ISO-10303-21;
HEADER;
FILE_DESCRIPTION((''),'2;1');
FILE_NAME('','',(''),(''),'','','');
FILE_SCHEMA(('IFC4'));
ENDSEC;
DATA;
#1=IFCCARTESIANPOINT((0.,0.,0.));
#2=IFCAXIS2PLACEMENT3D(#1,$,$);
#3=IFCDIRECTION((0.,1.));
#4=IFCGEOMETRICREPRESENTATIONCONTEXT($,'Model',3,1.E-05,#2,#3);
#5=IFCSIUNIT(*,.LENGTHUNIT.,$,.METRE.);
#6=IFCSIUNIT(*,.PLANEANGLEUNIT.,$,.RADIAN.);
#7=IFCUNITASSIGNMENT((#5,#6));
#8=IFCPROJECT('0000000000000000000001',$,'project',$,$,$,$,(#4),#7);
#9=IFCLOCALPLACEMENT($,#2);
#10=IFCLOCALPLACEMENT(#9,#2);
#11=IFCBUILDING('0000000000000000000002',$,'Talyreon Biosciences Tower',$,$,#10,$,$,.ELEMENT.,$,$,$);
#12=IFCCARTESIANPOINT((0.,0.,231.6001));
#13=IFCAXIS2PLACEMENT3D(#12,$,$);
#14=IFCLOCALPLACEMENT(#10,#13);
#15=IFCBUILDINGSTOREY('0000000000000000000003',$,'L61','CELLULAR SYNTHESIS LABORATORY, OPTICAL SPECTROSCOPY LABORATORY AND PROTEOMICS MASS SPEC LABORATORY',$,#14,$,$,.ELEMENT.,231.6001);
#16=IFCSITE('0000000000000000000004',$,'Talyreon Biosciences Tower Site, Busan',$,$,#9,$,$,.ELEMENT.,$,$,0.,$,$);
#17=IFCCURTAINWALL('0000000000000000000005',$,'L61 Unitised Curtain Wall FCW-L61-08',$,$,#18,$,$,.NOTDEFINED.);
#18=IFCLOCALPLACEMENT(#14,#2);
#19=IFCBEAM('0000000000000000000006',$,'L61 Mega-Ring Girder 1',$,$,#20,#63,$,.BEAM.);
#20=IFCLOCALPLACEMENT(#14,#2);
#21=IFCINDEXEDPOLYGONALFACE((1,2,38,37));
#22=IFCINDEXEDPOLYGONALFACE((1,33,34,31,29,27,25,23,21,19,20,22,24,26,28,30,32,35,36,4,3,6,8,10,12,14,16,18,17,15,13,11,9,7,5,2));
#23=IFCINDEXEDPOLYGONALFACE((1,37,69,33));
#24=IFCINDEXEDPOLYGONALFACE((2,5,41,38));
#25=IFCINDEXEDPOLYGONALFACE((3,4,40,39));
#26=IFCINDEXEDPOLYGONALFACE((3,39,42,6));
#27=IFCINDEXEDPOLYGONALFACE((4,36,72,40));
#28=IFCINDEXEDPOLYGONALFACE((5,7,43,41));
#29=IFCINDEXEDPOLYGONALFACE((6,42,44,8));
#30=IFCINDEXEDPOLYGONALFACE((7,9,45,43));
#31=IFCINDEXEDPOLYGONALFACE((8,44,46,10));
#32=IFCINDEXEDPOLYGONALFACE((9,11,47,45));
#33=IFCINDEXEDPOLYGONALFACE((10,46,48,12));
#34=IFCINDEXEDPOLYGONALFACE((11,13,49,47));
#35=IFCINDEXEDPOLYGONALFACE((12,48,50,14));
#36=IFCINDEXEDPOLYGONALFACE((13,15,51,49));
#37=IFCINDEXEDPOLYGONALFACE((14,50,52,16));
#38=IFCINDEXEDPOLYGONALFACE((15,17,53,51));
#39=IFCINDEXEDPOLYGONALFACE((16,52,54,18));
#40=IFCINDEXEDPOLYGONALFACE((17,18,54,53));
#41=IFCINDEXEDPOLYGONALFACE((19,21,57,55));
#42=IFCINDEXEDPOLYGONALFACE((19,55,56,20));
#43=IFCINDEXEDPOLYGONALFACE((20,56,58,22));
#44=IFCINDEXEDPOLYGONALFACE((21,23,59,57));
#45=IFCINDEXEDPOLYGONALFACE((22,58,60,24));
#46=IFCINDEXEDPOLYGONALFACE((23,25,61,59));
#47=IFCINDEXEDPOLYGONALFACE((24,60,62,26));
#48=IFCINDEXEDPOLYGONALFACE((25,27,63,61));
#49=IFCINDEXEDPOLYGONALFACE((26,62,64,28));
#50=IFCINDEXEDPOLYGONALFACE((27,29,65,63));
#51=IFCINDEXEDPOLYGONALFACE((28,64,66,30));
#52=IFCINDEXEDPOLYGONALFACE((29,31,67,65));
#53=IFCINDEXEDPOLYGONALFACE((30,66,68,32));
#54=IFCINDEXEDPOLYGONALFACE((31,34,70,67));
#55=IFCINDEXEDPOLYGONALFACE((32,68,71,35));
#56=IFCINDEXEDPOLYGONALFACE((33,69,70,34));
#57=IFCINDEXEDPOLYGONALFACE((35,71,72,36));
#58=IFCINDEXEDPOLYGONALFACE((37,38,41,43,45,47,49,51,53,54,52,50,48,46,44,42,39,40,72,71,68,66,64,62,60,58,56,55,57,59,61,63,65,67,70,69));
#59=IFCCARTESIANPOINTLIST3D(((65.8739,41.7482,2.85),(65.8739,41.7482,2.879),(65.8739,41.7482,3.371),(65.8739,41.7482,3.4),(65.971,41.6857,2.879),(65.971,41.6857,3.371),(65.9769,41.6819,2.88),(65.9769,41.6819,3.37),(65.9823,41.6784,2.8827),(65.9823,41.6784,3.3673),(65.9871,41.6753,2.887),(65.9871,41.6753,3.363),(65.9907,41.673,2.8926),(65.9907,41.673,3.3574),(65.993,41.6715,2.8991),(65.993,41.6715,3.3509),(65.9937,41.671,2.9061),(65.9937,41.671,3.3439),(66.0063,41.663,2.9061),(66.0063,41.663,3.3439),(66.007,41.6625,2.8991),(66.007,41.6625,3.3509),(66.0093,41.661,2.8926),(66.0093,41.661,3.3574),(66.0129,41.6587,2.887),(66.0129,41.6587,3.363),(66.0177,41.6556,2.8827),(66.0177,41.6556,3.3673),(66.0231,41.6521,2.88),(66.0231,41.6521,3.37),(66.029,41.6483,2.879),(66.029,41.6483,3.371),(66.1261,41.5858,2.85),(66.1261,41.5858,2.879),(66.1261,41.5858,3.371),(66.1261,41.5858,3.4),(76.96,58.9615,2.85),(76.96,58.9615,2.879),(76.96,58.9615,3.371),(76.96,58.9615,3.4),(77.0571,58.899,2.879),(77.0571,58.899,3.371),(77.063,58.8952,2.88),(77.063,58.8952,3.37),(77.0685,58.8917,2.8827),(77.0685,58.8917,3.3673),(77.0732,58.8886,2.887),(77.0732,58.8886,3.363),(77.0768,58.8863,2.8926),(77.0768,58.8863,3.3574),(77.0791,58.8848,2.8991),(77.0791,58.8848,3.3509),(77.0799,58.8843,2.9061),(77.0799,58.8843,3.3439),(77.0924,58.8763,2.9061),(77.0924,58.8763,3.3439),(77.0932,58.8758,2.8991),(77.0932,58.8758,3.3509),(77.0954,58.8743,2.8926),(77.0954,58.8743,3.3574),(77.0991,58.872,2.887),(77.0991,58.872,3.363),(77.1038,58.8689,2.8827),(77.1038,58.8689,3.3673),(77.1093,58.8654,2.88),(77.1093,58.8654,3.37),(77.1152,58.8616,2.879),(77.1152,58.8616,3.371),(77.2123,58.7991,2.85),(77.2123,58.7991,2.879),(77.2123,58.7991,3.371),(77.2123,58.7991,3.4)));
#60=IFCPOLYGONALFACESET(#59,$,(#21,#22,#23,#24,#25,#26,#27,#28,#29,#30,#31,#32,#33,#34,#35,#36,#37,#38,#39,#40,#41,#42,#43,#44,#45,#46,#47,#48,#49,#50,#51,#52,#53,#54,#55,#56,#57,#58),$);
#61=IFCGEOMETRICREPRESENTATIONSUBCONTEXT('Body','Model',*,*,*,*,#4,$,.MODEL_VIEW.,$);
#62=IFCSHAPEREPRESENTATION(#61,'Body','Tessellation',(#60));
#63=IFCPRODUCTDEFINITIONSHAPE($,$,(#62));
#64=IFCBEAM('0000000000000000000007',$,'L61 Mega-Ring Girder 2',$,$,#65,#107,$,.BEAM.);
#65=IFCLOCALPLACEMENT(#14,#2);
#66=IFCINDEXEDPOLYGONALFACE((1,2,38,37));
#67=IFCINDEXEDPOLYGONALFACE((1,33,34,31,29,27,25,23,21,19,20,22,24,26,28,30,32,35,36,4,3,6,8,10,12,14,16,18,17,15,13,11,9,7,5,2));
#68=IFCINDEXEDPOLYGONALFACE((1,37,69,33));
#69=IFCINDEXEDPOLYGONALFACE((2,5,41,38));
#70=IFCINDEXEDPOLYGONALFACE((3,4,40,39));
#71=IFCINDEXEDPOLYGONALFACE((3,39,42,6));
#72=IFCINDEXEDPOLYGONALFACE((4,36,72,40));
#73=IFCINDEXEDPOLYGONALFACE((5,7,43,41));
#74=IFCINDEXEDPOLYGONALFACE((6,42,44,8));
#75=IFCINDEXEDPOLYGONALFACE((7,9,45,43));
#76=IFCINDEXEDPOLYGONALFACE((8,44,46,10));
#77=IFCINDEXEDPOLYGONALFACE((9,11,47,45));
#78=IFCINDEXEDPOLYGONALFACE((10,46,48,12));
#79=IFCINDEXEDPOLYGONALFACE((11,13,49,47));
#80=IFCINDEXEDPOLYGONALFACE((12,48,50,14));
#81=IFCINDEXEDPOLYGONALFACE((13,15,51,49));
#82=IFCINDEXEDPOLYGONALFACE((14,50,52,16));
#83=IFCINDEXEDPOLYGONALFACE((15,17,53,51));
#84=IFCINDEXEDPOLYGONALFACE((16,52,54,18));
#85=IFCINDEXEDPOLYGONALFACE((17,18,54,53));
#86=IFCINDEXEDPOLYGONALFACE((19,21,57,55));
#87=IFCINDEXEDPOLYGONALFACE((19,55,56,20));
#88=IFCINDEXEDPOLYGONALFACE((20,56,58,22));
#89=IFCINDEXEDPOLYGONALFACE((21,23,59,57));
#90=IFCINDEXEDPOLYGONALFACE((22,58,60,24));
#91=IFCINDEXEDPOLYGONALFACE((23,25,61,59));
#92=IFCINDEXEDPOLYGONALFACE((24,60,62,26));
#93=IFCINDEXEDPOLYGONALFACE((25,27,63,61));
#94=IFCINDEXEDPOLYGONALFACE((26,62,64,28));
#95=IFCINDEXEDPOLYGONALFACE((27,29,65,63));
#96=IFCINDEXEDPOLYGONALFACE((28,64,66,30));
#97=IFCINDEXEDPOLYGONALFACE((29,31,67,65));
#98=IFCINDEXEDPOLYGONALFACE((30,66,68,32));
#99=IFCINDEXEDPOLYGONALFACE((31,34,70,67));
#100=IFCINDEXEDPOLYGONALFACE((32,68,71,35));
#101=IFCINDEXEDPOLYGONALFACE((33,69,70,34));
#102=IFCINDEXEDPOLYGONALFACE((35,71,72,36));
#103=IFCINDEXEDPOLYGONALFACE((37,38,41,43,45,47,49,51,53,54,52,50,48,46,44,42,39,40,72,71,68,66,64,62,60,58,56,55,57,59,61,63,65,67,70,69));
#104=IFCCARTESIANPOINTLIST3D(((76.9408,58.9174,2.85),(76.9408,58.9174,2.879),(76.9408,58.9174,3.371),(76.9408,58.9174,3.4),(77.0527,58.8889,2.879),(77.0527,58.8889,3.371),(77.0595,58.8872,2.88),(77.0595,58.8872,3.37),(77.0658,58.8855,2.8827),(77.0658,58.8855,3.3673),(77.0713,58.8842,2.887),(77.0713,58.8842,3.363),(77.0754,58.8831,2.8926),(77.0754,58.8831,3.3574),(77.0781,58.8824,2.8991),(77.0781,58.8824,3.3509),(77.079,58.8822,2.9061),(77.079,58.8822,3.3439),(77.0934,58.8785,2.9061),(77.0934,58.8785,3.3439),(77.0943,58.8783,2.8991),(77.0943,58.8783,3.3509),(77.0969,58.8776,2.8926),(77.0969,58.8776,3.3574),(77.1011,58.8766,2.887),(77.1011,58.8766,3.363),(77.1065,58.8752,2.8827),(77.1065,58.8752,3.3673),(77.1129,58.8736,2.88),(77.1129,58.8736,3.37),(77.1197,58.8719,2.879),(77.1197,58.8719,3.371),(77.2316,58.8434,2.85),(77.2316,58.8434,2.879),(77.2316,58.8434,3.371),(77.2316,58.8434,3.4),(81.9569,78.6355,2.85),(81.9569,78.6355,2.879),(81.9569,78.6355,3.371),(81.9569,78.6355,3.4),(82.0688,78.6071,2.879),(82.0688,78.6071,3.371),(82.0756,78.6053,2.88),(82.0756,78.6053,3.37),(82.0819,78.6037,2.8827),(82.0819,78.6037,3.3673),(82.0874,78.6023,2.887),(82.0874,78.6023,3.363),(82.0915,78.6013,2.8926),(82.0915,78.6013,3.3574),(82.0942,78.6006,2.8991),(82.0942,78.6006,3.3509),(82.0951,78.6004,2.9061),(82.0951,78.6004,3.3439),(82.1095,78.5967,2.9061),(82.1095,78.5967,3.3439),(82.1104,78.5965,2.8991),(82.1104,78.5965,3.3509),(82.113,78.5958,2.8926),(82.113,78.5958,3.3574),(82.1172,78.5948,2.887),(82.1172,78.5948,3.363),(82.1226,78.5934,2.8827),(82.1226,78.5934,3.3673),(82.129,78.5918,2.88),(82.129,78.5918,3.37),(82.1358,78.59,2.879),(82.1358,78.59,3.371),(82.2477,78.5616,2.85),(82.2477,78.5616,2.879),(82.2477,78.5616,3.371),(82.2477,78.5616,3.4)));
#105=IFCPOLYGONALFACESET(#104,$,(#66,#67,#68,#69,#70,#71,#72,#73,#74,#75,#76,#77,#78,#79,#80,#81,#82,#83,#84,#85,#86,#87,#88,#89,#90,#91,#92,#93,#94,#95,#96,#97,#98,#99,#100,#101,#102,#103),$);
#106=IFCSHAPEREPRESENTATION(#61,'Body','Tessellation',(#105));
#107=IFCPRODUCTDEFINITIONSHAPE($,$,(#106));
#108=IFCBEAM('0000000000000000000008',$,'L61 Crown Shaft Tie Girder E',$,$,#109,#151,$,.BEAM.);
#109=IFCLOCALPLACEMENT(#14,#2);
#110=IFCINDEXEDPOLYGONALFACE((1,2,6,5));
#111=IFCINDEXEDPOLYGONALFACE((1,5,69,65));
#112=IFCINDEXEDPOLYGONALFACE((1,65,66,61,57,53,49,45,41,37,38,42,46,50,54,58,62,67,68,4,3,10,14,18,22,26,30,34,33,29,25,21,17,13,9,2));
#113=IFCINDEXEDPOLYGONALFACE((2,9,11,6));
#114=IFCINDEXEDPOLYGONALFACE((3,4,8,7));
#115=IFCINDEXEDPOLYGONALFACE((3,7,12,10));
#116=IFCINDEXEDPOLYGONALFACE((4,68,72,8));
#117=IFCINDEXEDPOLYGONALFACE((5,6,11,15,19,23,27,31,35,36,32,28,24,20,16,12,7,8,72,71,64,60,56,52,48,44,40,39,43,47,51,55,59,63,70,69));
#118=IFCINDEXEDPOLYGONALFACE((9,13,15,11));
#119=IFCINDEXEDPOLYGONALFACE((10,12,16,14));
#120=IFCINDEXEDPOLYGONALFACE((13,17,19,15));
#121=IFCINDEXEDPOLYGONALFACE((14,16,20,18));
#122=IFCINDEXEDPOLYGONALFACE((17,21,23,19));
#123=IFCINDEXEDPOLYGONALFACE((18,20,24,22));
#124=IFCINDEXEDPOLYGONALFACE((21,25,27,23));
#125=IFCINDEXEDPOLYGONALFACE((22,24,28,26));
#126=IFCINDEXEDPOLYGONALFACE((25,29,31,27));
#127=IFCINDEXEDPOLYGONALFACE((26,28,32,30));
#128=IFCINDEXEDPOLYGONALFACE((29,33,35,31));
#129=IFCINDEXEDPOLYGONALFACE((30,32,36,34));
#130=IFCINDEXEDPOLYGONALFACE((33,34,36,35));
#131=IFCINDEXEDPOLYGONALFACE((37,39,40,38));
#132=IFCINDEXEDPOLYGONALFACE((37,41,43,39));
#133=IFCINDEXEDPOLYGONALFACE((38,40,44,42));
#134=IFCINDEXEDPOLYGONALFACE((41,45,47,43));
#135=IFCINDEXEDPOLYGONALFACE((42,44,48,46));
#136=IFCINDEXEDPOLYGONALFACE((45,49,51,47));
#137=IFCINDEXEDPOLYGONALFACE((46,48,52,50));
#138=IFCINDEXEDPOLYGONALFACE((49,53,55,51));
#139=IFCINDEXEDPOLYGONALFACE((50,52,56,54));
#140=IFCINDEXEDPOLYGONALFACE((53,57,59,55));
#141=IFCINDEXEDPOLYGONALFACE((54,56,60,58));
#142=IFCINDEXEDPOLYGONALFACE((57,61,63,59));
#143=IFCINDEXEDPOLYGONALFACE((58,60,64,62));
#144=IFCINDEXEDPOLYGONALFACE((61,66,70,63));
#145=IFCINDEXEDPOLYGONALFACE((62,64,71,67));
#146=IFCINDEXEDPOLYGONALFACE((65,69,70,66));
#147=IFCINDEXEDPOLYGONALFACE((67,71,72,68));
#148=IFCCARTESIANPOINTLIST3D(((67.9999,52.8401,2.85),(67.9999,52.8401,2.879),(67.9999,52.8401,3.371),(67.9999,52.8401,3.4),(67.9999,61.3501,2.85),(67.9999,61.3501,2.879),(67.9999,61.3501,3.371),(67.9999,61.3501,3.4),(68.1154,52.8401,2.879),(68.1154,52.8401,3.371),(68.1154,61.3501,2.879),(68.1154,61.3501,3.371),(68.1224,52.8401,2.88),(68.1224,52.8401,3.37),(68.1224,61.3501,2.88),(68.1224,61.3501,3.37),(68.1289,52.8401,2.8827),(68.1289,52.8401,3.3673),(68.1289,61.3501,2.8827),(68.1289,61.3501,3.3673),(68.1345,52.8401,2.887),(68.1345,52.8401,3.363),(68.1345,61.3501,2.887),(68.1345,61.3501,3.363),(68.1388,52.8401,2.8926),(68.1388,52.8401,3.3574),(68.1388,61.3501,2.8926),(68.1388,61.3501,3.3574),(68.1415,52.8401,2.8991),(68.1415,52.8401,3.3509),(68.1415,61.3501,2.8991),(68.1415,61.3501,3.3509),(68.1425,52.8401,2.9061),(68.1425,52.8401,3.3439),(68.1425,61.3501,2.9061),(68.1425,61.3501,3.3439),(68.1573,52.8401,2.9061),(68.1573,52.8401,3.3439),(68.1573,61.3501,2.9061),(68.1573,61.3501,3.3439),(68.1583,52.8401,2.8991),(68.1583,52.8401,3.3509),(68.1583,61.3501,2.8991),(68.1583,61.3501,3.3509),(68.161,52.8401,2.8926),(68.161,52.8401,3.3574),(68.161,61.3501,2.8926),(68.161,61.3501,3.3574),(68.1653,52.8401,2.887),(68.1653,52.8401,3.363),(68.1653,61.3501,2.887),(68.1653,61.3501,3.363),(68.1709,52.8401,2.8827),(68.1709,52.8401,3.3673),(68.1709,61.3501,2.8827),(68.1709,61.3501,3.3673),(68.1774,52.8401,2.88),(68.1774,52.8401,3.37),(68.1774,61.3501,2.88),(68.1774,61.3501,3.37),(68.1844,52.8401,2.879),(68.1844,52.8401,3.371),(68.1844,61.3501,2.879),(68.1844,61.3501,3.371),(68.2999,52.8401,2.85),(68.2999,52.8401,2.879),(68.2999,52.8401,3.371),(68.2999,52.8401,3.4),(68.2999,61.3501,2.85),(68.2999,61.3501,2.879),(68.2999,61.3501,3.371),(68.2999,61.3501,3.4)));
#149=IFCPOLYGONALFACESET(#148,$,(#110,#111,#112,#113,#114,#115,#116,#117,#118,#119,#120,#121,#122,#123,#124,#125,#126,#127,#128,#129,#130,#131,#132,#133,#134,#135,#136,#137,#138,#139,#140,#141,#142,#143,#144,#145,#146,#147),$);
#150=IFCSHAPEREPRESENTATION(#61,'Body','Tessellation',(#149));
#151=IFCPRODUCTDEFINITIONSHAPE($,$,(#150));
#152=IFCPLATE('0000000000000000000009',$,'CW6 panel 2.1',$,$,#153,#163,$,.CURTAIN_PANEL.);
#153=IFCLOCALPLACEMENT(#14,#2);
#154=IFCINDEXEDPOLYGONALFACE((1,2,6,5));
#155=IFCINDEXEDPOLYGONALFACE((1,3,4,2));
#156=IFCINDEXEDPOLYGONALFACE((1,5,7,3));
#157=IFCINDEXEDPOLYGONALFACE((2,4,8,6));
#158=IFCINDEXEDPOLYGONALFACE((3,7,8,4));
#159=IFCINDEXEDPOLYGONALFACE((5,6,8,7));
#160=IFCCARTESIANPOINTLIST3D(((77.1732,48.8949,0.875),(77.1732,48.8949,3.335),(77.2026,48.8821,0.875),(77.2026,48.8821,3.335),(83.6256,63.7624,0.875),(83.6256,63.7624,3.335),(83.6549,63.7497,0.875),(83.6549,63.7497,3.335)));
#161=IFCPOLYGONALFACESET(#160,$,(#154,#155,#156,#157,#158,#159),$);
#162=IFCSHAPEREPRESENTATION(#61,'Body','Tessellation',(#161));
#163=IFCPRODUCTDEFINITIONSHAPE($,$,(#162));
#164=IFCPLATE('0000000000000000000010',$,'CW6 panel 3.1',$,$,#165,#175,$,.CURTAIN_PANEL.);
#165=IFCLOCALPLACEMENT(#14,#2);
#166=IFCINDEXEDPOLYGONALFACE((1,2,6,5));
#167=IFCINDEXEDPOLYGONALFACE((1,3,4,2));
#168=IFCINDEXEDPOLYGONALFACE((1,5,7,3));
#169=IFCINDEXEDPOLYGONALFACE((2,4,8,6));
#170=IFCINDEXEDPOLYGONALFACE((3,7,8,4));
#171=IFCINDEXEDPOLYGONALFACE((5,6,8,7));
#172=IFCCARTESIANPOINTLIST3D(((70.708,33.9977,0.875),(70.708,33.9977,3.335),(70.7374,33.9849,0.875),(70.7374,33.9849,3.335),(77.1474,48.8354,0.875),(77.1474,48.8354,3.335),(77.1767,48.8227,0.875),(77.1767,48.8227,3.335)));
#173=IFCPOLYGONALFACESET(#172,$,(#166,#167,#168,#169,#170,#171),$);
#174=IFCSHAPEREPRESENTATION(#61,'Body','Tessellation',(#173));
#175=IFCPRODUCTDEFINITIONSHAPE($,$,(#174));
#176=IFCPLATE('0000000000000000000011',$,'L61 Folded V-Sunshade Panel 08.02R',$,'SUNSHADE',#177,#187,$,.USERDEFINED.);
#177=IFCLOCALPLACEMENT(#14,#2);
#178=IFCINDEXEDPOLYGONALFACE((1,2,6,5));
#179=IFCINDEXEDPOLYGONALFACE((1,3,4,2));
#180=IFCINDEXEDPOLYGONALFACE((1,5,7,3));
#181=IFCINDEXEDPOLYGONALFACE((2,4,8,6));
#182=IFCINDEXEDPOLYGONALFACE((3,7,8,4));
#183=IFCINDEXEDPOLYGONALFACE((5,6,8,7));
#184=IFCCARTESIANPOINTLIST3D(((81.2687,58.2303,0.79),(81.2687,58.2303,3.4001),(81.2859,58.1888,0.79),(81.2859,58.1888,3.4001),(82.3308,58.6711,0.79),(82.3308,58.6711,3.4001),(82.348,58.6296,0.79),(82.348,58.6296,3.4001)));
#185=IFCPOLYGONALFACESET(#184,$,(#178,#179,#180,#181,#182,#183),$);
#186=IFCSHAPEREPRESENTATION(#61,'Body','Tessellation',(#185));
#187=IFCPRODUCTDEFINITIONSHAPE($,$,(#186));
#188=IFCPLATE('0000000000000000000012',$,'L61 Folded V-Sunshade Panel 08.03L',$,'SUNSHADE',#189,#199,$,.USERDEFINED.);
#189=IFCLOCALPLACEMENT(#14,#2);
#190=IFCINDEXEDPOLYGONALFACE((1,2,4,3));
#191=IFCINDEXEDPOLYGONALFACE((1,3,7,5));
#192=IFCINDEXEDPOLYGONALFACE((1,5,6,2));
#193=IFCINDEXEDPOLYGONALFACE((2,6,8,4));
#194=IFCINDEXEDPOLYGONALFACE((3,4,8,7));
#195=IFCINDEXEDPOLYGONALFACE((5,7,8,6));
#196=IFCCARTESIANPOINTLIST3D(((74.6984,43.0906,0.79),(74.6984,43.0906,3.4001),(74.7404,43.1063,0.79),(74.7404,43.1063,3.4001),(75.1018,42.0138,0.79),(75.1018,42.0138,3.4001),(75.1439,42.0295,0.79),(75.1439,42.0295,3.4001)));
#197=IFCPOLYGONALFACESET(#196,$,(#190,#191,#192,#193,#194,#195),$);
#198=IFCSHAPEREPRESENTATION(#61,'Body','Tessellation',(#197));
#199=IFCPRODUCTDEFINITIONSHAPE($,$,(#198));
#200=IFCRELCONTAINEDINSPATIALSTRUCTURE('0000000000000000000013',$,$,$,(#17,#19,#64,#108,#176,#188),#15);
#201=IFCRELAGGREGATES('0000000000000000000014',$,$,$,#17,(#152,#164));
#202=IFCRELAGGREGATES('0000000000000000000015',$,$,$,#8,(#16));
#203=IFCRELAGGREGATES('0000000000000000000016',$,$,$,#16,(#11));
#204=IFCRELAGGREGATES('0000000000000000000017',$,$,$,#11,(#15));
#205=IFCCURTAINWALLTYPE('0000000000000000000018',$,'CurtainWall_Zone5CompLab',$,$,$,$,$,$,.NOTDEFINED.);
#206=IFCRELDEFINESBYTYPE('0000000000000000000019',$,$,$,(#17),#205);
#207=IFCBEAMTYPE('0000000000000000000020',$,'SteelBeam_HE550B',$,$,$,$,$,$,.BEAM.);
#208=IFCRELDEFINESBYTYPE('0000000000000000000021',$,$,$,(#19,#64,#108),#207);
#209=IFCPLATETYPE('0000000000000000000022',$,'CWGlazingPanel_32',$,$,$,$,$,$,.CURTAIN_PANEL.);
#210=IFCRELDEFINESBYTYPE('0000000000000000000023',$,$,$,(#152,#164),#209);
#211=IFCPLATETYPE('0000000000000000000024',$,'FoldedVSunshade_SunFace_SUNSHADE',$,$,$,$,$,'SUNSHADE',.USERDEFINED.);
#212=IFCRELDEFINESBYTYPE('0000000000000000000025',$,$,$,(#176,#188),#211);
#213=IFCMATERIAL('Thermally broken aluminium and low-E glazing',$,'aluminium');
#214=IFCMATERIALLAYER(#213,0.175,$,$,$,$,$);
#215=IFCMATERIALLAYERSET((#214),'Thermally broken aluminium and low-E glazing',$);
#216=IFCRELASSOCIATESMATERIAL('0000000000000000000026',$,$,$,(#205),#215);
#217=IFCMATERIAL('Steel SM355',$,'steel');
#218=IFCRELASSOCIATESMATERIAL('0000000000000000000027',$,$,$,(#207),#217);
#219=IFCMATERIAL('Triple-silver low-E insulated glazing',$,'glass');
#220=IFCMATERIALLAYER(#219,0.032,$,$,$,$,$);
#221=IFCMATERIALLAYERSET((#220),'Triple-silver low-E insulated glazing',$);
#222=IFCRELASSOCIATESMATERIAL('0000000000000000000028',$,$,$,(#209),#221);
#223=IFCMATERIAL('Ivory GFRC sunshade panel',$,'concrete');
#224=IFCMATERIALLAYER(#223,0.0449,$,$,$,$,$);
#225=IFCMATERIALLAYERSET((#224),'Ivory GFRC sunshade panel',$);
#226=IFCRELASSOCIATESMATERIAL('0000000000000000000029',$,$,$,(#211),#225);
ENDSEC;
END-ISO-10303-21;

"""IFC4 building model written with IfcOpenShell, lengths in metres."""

from ifc_helpers import new_model, si_unit, direction, frame, origin, origin_2d, place, context, subcontext, project, spatial, rectangle, i_section, extrude, material, layer, layer_set, material_profile, profile_set, type_object, element, aggregate, save


model = new_model("IFC4")

# Units and contexts
model_context = context("Model", 3, precision=1e-05, world=origin(), true_north=direction((0.0, 1.0)))
body_context = subcontext(model_context, "Body", "Model", "MODEL_VIEW")
ifc_project = project(units=[si_unit("LENGTHUNIT", "METRE"), si_unit("PLANEANGLEUNIT", "RADIAN")], contexts=[model_context])

# Site, building, storey
site_placement = place(None, origin())
site = spatial("IfcSite", under=ifc_project, at=site_placement, Name="Talyreon Biosciences Tower Site, Busan", CompositionType="ELEMENT", RefElevation=0.0)
building_placement = place(site_placement, origin())
building = spatial("IfcBuilding", under=site, at=building_placement, Name="Talyreon Biosciences Tower", CompositionType="ELEMENT")
storey_placement = place(building_placement, frame((0.0, 0.0, 231.6001)))
storey = spatial("IfcBuildingStorey", under=building, at=storey_placement, Name="L61", Description="CELLULAR SYNTHESIS LABORATORY, OPTICAL SPECTROSCOPY LABORATORY AND PROTEOMICS MASS SPEC LABORATORY", CompositionType="ELEMENT", Elevation=231.6001)

# Curtain wall
ifc_material_1 = material(Name="Thermally broken aluminium and low-E glazing", Category="aluminium")
ifc_layer_1 = layer(ifc_material_1, 0.175)
ifc_layer_set_1 = layer_set([ifc_layer_1], Name="Thermally broken aluminium and low-E glazing")
curtain_wall_type = type_object("IfcCurtainWallType", Name="CurtainWall_Zone5CompLab", PredefinedType="NOTDEFINED", material=ifc_layer_set_1)
curtain_wall_placement = place(storey_placement, origin())
curtain_wall = element("IfcCurtainWall", 1, at=curtain_wall_placement, inside=storey, type_object=curtain_wall_type, Name="L61 Unitised Curtain Wall FCW-L61-08", PredefinedType="NOTDEFINED")

# Beams
ifc_material_2 = material(Name="Steel SM355", Category="steel")
ifc_material_profile_1 = material_profile(ifc_material_2, i_section(OverallWidth=0.3, OverallDepth=0.55, WebThickness=0.0149, FlangeThickness=0.0291, FilletRadius=0.0271, at=origin_2d()), Name="HE550B")
ifc_profile_set_1 = profile_set([ifc_material_profile_1], Name="Steel SM355")
beam_type_1 = type_object("IfcBeamType", Name="SteelBeam_HE550B", PredefinedType="BEAM", material=ifc_profile_set_1)
beam_1_placement = place(storey_placement, frame((66.0, 41.667, 3.125), z_axis=(0.541464, 0.840724, 0.0), x_axis=(-0.840724, 0.541464, 0.0)))
element("IfcBeam", 2, at=beam_1_placement, inside=storey, type_object=beam_type_1, Name="L61 Mega-Ring Girder 1", PredefinedType="BEAM", context=body_context, shape_type="SweptSolid", body=[
    extrude(i_section(OverallWidth=0.3, OverallDepth=0.55, WebThickness=0.0149, FlangeThickness=0.0291, FilletRadius=0.0271, at=origin_2d()), origin(), (0.0, 0.0, 1.0), 20.4744),
])
beam_2_placement = place(storey_placement, frame((77.0862, 58.8804, 3.125), z_axis=(0.246537, 0.969133, 0.0), x_axis=(-0.969133, 0.246537, 0.0)))
element("IfcBeam", 3, at=beam_2_placement, inside=storey, type_object=beam_type_1, Name="L61 Mega-Ring Girder 2", PredefinedType="BEAM", context=body_context, shape_type="SweptSolid", body=[
    extrude(i_section(OverallWidth=0.3, OverallDepth=0.55, WebThickness=0.0149, FlangeThickness=0.0291, FilletRadius=0.0271, at=origin_2d()), origin(), (0.0, 0.0, 1.0), 20.3462),
])
beam_3_placement = place(storey_placement, frame((68.1499, 52.8401, 3.125), z_axis=(0.0, 1.0, 0.0), x_axis=(-1.0, 0.0, 0.0)))
element("IfcBeam", 4, at=beam_3_placement, inside=storey, type_object=beam_type_1, Name="L61 Crown Shaft Tie Girder E", PredefinedType="BEAM", context=body_context, shape_type="SweptSolid", body=[
    extrude(i_section(OverallWidth=0.3, OverallDepth=0.55, WebThickness=0.0149, FlangeThickness=0.0291, FilletRadius=0.0271, at=origin_2d()), origin(), (0.0, 0.0, 1.0), 8.51),
])

# Plates
ifc_material_3 = material(Name="Triple-silver low-E insulated glazing", Category="glass")
ifc_layer_2 = layer(ifc_material_3, 0.032)
ifc_layer_set_2 = layer_set([ifc_layer_2], Name="Triple-silver low-E insulated glazing")
plate_type_1 = type_object("IfcPlateType", Name="CWGlazingPanel_32", PredefinedType="CURTAIN_PANEL", material=ifc_layer_set_2)
plate_1_placement = place(storey_placement, frame((80.4141, 56.3223, 0.875), z_axis=(0.0, 0.0, 1.0), x_axis=(-0.398112, -0.917337, 0.0)))
plate_1 = element("IfcPlate", 5, at=plate_1_placement, type_object=plate_type_1, Name="CW6 panel 2.1", PredefinedType="CURTAIN_PANEL", context=body_context, shape_type="SweptSolid", body=[
    extrude(rectangle(XDim=16.2073, YDim=0.032, at=origin_2d()), origin(), (0.0, 0.0, 1.0), 2.46),
])
plate_2_placement = place(storey_placement, frame((73.9424, 41.4102, 0.875), z_axis=(0.0, 0.0, 1.0), x_axis=(-0.398112, -0.917337, 0.0)))
plate_2 = element("IfcPlate", 6, at=plate_2_placement, type_object=plate_type_1, Name="CW6 panel 3.1", PredefinedType="CURTAIN_PANEL", context=body_context, shape_type="SweptSolid", body=[
    extrude(rectangle(XDim=16.1748, YDim=0.032, at=origin_2d()), origin(), (0.0, 0.0, 1.0), 2.46),
])
aggregate(curtain_wall, [plate_1, plate_2])

# Plates
ifc_material_4 = material(Name="Ivory GFRC sunshade panel", Category="concrete")
ifc_layer_3 = layer(ifc_material_4, 0.0449)
ifc_layer_set_3 = layer_set([ifc_layer_3], Name="Ivory GFRC sunshade panel")
plate_type_2 = type_object("IfcPlateType", Name="FoldedVSunshade_SunFace_SUNSHADE", ElementType="SUNSHADE", PredefinedType="USERDEFINED", material=ifc_layer_set_3)
for number, where, z_axis, x_axis, name in (
    (7, (81.8083, 58.4299, 0.79), (0.0, 0.0, 1.0), (-0.923612, -0.383328, 0.0), "L61 Folded V-Sunshade Panel 08.02R"),
    (8, (74.9211, 42.5601, 0.79), (0.0, 0.0, 1.0), (0.350861, -0.936427, 0.0), "L61 Folded V-Sunshade Panel 08.03L"),
):
    element("IfcPlate", number, at=place(storey_placement, frame(where, z_axis=z_axis, x_axis=x_axis)), inside=storey, type_object=plate_type_2, Name=name, ObjectType="SUNSHADE", PredefinedType="USERDEFINED", context=body_context, shape_type="SweptSolid", body=[
        extrude(rectangle(XDim=1.1499, YDim=0.0449, at=origin_2d()), origin(), (0.0, 0.0, 1.0), 2.6101),
    ])

save(model, "model.ifc")
